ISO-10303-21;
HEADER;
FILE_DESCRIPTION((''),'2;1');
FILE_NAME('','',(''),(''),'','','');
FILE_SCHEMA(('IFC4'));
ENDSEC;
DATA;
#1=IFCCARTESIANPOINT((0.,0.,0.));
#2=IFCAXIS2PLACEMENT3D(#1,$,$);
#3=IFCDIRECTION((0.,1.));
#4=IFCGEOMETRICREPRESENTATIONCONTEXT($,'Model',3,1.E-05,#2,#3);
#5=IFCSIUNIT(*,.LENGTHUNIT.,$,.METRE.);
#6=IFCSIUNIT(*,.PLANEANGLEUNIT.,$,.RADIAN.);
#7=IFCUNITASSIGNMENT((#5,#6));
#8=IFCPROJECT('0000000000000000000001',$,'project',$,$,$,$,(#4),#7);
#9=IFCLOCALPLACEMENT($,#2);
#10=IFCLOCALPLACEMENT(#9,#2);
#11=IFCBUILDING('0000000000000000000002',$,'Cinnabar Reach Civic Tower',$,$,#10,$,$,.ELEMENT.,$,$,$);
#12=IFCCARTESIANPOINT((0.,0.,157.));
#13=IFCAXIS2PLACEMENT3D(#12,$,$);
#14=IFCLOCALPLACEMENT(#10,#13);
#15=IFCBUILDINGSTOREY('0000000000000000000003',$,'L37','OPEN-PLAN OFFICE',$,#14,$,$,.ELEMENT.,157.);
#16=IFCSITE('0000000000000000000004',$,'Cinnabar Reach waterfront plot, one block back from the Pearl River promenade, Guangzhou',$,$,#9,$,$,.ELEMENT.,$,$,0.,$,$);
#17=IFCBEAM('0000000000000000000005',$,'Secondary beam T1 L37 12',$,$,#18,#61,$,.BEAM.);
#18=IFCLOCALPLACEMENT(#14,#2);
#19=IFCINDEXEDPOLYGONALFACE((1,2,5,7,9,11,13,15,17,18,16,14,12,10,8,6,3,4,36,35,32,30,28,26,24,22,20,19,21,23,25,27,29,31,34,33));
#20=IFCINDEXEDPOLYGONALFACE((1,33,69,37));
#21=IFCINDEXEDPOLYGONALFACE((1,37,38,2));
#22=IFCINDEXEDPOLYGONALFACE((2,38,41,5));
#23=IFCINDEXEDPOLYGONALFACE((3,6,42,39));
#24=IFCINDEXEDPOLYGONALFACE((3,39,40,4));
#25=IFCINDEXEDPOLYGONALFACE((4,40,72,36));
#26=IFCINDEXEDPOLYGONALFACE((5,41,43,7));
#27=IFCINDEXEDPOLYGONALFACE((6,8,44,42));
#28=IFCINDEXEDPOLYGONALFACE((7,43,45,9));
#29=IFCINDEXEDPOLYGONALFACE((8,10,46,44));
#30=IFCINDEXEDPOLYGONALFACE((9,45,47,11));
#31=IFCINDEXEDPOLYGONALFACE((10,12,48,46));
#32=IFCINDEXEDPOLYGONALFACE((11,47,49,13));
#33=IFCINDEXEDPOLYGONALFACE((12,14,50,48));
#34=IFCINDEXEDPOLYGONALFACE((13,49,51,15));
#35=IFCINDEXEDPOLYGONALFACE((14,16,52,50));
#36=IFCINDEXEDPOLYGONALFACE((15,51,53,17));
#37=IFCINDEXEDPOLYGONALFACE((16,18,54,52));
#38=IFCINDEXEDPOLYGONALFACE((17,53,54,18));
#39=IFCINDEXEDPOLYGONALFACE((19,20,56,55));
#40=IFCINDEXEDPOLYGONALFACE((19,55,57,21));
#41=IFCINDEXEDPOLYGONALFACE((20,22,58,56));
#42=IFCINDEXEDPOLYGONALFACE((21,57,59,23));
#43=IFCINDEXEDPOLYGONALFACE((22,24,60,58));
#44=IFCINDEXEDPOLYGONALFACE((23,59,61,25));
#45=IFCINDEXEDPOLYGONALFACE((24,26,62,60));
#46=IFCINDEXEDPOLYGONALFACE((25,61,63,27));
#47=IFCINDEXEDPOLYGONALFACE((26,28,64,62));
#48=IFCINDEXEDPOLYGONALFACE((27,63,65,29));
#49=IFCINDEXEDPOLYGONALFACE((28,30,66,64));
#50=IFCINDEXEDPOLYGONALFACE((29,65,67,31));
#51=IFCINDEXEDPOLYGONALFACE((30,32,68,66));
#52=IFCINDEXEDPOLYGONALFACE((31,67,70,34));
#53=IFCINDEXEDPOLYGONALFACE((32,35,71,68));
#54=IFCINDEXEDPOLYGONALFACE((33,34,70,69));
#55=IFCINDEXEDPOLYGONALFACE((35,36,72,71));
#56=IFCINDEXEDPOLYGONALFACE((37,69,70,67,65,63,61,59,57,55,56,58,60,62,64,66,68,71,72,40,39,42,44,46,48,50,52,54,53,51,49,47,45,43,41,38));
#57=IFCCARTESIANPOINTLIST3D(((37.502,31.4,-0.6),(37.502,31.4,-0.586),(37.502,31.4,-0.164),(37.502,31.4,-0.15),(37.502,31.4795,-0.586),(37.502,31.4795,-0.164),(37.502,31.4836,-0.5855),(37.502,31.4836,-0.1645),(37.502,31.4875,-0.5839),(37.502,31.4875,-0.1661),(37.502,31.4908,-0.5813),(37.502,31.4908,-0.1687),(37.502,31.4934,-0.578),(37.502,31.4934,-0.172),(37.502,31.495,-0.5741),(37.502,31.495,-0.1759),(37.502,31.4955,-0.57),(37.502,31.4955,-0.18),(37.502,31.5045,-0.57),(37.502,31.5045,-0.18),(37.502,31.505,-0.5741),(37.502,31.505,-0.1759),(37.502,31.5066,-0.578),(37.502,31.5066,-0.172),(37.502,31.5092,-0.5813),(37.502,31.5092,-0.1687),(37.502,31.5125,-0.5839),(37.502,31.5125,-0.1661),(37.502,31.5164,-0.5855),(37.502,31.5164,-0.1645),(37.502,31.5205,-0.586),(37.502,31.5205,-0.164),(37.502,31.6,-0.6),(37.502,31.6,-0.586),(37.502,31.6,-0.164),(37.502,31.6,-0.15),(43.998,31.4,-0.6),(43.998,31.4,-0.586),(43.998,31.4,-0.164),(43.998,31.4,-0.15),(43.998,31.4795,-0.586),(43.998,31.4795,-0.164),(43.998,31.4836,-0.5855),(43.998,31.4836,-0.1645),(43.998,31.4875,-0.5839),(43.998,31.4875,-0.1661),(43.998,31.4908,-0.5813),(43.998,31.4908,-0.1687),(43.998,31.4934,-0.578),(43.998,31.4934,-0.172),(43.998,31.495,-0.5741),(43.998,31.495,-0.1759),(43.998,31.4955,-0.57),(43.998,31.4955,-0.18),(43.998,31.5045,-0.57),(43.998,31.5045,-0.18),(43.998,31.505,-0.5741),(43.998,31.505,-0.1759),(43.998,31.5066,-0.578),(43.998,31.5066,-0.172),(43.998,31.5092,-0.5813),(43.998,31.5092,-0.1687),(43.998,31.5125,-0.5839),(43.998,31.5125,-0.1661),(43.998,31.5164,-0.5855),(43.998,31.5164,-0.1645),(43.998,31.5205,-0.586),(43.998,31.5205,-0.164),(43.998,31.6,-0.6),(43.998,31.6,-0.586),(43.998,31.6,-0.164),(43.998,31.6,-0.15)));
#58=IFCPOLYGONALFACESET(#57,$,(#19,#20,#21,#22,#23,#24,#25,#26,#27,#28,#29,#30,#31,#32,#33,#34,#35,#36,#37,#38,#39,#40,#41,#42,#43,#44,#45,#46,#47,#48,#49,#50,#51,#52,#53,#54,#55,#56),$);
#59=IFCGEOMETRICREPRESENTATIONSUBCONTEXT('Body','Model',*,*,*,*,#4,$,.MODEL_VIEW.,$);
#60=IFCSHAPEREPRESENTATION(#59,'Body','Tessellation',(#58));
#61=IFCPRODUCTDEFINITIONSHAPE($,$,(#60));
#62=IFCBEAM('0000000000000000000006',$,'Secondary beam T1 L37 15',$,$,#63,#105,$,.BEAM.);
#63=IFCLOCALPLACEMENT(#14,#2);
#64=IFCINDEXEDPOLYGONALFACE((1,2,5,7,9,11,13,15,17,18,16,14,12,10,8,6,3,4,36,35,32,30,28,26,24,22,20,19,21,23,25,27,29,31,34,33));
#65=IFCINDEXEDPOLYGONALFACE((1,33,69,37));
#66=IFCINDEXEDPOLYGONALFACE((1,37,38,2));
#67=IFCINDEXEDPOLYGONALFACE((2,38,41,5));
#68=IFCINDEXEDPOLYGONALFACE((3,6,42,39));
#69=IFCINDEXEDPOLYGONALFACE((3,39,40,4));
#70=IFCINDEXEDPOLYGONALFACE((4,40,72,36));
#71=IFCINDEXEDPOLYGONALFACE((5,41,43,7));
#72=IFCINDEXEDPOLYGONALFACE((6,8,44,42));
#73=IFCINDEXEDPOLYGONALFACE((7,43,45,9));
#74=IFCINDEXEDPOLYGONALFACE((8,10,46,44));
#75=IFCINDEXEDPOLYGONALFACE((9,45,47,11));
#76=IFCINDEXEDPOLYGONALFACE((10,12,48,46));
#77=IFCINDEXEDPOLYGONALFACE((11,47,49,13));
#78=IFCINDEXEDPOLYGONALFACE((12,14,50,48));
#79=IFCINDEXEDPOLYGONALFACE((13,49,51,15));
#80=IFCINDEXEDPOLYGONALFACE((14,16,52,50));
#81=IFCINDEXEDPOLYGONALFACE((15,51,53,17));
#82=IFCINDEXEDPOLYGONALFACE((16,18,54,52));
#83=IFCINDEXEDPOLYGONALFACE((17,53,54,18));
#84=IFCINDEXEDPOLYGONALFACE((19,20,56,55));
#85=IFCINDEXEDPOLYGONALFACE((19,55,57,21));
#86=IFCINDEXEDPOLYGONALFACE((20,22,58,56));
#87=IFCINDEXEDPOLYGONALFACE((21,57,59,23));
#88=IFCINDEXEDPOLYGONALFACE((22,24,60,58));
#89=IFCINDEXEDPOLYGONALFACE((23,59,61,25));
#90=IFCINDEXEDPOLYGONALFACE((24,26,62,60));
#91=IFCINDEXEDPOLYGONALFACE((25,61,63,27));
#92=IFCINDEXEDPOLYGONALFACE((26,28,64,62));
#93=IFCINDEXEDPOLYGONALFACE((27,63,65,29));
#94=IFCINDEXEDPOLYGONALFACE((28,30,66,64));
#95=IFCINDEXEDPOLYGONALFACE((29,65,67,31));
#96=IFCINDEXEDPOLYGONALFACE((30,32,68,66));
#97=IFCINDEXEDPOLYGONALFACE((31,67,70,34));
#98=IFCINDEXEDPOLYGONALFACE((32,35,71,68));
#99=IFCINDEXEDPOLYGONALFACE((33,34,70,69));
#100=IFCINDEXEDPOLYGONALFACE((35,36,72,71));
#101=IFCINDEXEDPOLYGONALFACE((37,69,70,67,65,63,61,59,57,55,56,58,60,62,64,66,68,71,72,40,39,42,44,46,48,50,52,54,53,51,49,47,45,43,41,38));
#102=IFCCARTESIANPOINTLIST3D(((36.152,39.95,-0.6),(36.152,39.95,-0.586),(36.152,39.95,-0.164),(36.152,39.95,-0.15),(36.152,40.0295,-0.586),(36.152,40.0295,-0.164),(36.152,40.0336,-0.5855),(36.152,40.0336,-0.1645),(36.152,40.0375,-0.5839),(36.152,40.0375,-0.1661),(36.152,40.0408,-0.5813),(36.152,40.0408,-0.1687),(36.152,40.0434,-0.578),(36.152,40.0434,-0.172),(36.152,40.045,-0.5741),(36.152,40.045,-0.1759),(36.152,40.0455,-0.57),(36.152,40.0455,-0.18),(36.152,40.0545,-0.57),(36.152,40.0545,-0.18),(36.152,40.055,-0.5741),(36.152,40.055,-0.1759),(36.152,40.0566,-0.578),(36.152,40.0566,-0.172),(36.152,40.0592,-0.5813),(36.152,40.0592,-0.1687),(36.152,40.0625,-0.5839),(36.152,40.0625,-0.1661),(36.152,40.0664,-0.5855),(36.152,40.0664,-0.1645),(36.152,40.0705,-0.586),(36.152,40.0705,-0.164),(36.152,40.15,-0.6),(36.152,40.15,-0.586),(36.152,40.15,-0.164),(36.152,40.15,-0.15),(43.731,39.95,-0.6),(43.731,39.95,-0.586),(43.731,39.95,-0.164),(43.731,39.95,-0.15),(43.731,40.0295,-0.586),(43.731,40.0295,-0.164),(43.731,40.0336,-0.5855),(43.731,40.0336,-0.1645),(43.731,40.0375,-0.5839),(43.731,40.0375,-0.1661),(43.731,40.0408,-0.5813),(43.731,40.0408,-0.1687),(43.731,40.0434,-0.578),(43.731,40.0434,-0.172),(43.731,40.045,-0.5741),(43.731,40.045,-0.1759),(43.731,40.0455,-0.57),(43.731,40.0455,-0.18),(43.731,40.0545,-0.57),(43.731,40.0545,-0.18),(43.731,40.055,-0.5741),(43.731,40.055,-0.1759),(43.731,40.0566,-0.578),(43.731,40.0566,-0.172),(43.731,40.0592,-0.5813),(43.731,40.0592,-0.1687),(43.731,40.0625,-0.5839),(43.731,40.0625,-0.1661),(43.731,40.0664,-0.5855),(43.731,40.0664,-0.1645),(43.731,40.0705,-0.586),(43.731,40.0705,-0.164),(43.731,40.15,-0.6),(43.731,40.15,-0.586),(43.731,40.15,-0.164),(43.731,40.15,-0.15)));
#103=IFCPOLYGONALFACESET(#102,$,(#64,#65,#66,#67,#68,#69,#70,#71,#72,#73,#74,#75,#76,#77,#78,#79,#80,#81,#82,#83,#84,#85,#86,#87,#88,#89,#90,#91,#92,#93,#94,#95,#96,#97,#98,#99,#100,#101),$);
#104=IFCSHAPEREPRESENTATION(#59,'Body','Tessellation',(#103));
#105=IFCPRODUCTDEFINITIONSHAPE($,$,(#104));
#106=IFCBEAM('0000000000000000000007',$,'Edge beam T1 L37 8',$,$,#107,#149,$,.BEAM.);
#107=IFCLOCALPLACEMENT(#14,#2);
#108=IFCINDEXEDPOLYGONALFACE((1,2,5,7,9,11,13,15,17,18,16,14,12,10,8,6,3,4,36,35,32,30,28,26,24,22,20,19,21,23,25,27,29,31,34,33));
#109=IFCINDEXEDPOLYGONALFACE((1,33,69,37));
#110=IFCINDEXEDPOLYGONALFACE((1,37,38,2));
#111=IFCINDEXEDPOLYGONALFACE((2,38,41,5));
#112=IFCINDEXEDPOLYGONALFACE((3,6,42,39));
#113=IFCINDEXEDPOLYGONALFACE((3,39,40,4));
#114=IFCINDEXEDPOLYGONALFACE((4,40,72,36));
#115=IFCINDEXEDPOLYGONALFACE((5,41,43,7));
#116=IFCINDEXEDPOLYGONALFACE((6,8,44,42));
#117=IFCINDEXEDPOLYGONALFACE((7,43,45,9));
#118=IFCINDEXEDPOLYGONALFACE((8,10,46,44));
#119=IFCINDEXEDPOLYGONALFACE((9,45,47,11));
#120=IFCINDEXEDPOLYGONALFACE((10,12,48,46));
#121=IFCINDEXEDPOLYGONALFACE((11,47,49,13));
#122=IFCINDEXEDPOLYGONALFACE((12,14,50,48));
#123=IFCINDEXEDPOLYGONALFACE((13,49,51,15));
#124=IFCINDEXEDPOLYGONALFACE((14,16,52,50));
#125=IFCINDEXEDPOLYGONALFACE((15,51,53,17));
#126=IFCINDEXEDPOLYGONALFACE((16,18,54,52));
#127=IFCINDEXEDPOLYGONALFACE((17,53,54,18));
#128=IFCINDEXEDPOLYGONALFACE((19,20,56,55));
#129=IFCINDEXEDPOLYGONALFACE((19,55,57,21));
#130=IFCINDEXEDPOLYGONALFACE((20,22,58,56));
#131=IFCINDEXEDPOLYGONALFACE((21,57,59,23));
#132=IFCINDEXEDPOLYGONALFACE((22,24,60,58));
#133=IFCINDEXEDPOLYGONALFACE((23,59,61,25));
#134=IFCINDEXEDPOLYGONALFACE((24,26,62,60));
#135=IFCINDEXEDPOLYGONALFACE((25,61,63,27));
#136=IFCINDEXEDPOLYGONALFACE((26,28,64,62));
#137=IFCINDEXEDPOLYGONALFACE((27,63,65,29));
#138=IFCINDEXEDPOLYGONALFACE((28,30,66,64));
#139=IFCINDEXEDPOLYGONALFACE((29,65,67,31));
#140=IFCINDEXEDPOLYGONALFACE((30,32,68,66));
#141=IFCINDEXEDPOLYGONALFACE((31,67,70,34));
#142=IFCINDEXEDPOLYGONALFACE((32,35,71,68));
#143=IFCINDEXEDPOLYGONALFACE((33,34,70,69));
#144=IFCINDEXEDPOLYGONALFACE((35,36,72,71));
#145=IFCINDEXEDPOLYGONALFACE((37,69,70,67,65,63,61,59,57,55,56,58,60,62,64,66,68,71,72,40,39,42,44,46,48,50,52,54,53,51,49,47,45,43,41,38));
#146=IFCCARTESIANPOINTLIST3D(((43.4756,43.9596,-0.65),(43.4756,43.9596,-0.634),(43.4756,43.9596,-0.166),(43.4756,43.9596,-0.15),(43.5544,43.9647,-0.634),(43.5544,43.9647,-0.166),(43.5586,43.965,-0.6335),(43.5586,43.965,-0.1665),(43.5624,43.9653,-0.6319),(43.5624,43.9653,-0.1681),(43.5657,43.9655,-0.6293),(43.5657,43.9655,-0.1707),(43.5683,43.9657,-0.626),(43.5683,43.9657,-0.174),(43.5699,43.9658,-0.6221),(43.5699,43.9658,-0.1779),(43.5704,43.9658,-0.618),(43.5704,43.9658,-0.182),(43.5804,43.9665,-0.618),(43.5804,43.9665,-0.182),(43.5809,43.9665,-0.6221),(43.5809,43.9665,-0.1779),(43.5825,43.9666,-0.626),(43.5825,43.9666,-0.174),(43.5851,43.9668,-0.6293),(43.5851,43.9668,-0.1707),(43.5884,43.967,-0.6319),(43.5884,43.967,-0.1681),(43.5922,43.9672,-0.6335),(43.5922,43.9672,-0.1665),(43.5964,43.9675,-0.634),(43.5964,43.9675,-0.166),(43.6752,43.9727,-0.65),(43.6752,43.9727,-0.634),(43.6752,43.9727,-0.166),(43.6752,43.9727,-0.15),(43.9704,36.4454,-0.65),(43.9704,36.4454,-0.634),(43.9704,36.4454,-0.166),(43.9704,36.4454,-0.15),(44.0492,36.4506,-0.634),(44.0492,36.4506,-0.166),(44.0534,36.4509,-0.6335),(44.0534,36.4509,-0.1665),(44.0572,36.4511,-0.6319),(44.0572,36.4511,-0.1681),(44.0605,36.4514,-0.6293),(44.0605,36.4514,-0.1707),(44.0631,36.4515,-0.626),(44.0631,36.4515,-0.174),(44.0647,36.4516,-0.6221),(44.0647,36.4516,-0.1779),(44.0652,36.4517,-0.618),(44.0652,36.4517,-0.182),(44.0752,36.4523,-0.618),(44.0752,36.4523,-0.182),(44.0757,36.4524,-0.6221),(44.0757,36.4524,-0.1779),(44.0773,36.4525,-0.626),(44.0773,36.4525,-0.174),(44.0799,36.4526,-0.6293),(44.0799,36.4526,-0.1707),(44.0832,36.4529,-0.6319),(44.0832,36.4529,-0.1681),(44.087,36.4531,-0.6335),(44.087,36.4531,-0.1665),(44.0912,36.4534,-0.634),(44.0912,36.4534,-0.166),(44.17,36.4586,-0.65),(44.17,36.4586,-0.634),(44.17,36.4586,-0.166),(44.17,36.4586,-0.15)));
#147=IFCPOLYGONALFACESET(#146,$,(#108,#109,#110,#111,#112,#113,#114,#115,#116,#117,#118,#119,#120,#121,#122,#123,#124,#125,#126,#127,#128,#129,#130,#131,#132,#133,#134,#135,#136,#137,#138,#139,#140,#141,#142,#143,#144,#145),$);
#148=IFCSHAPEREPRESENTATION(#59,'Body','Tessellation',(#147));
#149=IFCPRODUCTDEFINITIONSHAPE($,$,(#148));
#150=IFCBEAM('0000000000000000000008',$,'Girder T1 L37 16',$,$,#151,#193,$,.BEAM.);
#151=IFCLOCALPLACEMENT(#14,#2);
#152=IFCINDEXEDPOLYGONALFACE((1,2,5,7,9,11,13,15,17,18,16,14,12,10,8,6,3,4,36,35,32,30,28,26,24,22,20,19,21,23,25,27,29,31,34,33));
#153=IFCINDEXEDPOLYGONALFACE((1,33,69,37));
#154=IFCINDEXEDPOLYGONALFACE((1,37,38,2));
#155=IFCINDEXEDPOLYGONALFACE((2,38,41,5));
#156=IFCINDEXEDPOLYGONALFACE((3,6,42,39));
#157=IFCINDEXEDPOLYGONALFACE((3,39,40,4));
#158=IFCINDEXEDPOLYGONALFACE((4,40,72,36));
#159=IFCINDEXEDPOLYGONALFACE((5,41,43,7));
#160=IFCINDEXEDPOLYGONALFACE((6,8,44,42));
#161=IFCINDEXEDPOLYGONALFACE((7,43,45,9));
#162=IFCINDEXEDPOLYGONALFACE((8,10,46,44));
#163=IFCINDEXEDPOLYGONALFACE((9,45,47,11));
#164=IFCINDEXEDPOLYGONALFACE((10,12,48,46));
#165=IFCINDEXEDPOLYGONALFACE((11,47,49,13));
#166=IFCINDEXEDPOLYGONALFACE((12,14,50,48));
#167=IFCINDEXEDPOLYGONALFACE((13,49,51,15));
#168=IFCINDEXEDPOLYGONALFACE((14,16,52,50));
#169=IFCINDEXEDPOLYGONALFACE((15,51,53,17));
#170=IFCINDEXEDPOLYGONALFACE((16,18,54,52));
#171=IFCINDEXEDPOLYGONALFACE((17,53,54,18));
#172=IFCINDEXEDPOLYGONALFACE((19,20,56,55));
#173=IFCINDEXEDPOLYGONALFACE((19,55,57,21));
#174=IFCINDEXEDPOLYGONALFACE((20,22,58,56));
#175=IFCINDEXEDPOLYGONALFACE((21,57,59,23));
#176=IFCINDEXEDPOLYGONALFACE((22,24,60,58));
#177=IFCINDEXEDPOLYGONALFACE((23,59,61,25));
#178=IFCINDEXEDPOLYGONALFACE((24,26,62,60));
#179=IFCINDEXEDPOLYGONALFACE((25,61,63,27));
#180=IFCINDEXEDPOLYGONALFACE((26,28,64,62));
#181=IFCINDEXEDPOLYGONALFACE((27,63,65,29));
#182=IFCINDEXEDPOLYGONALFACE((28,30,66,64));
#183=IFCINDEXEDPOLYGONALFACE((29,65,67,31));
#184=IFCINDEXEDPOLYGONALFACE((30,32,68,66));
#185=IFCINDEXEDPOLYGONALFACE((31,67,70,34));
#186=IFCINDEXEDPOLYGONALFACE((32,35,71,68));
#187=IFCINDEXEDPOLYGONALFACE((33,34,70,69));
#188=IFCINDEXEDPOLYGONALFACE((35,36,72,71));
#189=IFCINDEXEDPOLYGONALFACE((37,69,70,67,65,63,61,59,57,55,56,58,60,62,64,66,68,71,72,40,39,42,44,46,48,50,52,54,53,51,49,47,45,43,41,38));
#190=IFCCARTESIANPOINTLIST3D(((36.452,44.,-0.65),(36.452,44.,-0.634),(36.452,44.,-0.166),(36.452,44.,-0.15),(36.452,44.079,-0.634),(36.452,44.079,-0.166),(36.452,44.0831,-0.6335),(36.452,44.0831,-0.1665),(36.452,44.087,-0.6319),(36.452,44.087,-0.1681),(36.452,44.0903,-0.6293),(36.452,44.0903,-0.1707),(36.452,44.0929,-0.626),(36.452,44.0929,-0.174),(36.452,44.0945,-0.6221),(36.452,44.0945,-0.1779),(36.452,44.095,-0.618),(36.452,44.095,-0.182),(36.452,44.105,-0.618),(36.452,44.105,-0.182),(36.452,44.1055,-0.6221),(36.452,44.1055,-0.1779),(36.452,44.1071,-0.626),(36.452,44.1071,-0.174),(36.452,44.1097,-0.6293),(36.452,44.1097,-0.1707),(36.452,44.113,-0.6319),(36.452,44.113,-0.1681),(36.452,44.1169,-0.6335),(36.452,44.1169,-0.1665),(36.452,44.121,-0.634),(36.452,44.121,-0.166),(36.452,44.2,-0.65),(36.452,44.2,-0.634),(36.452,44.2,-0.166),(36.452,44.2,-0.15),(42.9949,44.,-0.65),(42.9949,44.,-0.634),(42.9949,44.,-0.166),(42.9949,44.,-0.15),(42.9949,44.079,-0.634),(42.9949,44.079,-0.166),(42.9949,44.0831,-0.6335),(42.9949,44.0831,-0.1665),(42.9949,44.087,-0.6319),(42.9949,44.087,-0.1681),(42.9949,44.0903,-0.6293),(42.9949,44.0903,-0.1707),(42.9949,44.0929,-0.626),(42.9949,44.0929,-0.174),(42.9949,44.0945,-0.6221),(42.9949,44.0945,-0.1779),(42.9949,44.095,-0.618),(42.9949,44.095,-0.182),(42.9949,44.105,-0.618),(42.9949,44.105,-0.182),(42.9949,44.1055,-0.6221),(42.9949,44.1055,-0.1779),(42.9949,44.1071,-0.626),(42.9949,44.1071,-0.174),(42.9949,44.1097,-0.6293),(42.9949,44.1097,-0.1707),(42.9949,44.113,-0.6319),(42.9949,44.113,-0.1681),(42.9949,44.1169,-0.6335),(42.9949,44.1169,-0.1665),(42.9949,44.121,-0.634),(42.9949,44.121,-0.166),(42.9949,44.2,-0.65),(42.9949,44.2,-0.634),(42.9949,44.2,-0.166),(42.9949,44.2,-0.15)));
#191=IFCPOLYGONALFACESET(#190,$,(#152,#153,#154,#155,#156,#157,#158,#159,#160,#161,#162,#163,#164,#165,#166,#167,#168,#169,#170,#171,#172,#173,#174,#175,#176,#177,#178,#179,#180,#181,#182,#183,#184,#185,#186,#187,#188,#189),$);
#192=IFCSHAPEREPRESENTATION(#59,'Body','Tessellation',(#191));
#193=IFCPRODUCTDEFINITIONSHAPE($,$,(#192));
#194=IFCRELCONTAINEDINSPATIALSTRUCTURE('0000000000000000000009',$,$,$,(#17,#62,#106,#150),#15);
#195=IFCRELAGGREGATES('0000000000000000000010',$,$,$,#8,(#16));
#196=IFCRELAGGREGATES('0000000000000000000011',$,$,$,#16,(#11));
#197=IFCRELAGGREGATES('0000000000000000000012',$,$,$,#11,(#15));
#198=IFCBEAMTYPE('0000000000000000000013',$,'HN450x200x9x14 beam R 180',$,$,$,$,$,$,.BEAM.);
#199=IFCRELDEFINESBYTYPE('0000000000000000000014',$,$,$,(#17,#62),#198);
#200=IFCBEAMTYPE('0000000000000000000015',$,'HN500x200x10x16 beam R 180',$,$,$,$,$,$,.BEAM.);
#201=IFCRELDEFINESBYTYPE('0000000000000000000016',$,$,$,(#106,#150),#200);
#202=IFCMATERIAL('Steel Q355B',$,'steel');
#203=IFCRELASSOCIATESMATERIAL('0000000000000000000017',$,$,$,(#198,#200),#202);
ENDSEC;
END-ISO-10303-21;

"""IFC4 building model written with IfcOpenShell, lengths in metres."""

from ifc_helpers import new_model, si_unit, direction, frame, origin, origin_2d, place, context, subcontext, project, spatial, i_section, extrude, material, material_profile, profile_set, type_object, element, save


model = new_model("IFC4")

# Units and contexts
model_context = context("Model", 3, precision=1e-05, world=origin(), true_north=direction((0.0, 1.0)))
body_context = subcontext(model_context, "Body", "Model", "MODEL_VIEW")
ifc_project = project(units=[si_unit("LENGTHUNIT", "METRE"), si_unit("PLANEANGLEUNIT", "RADIAN")], contexts=[model_context])

# Site, building, storey
site_placement = place(None, origin())
site = spatial("IfcSite", under=ifc_project, at=site_placement, Name="Cinnabar Reach waterfront plot, one block back from the Pearl River promenade, Guangzhou", CompositionType="ELEMENT", RefElevation=0.0)
building_placement = place(site_placement, origin())
building = spatial("IfcBuilding", under=site, at=building_placement, Name="Cinnabar Reach Civic Tower", CompositionType="ELEMENT")
storey_placement = place(building_placement, frame((0.0, 0.0, 157.0)))
storey = spatial("IfcBuildingStorey", under=building, at=storey_placement, Name="L37", Description="OPEN-PLAN OFFICE", CompositionType="ELEMENT", Elevation=157.0)

# Beams
ifc_material_1 = material(Name="Steel Q355B", Category="steel")
ifc_material_profile_1 = material_profile(ifc_material_1, i_section(OverallWidth=0.2, OverallDepth=0.45, WebThickness=0.009, FlangeThickness=0.014, FilletRadius=0.016, at=origin_2d()), Name="HN450x200x9x14")
ifc_profile_set_1 = profile_set([ifc_material_profile_1], Name="Steel Q355B")
beam_type_1 = type_object("IfcBeamType", Name="HN450x200x9x14 beam R 180", PredefinedType="BEAM", material=ifc_profile_set_1)
beam_1_placement = place(storey_placement, frame((37.502, 31.5, -0.375), z_axis=(1.0, 0.0, 0.0), x_axis=(0.0, 1.0, 0.0)))
element("IfcBeam", 1, at=beam_1_placement, inside=storey, type_object=beam_type_1, Name="Secondary beam T1 L37 12", PredefinedType="BEAM", context=body_context, shape_type="SweptSolid", body=[
    extrude(i_section(OverallWidth=0.2, OverallDepth=0.45, WebThickness=0.009, FlangeThickness=0.014, FilletRadius=0.016, at=origin_2d()), origin(), (0.0, 0.0, 1.0), 6.496),
])
beam_2_placement = place(storey_placement, frame((36.152, 40.05, -0.375), z_axis=(1.0, 0.0, 0.0), x_axis=(0.0, 1.0, 0.0)))
element("IfcBeam", 2, at=beam_2_placement, inside=storey, type_object=beam_type_1, Name="Secondary beam T1 L37 15", PredefinedType="BEAM", context=body_context, shape_type="SweptSolid", body=[
    extrude(i_section(OverallWidth=0.2, OverallDepth=0.45, WebThickness=0.009, FlangeThickness=0.014, FilletRadius=0.016, at=origin_2d()), origin(), (0.0, 0.0, 1.0), 7.579),
])
ifc_material_profile_2 = material_profile(ifc_material_1, i_section(OverallWidth=0.2, OverallDepth=0.5, WebThickness=0.01, FlangeThickness=0.016, FilletRadius=0.016, at=origin_2d()), Name="HN500x200x10x16")
ifc_profile_set_2 = profile_set([ifc_material_profile_2], Name="Steel Q355B")
beam_type_2 = type_object("IfcBeamType", Name="HN500x200x10x16 beam R 180", PredefinedType="BEAM", material=ifc_profile_set_2)
beam_3_placement = place(storey_placement, frame((44.0702, 36.452, -0.4), z_axis=(-0.065707, 0.997839, 0.0), x_axis=(-0.997839, -0.065707, 0.0)))
element("IfcBeam", 3, at=beam_3_placement, inside=storey, type_object=beam_type_2, Name="Edge beam T1 L37 8", PredefinedType="BEAM", context=body_context, shape_type="SweptSolid", body=[
    extrude(i_section(OverallWidth=0.2, OverallDepth=0.5, WebThickness=0.01, FlangeThickness=0.016, FilletRadius=0.016, at=origin_2d()), origin(), (0.0, 0.0, 1.0), 7.5304),
])
beam_4_placement = place(storey_placement, frame((36.452, 44.1, -0.4), z_axis=(1.0, 0.0, 0.0), x_axis=(0.0, 1.0, 0.0)))
element("IfcBeam", 4, at=beam_4_placement, inside=storey, type_object=beam_type_2, Name="Girder T1 L37 16", PredefinedType="BEAM", context=body_context, shape_type="SweptSolid", body=[
    extrude(i_section(OverallWidth=0.2, OverallDepth=0.5, WebThickness=0.01, FlangeThickness=0.016, FilletRadius=0.016, at=origin_2d()), origin(), (0.0, 0.0, 1.0), 6.5429),
])

save(model, "model.ifc")
